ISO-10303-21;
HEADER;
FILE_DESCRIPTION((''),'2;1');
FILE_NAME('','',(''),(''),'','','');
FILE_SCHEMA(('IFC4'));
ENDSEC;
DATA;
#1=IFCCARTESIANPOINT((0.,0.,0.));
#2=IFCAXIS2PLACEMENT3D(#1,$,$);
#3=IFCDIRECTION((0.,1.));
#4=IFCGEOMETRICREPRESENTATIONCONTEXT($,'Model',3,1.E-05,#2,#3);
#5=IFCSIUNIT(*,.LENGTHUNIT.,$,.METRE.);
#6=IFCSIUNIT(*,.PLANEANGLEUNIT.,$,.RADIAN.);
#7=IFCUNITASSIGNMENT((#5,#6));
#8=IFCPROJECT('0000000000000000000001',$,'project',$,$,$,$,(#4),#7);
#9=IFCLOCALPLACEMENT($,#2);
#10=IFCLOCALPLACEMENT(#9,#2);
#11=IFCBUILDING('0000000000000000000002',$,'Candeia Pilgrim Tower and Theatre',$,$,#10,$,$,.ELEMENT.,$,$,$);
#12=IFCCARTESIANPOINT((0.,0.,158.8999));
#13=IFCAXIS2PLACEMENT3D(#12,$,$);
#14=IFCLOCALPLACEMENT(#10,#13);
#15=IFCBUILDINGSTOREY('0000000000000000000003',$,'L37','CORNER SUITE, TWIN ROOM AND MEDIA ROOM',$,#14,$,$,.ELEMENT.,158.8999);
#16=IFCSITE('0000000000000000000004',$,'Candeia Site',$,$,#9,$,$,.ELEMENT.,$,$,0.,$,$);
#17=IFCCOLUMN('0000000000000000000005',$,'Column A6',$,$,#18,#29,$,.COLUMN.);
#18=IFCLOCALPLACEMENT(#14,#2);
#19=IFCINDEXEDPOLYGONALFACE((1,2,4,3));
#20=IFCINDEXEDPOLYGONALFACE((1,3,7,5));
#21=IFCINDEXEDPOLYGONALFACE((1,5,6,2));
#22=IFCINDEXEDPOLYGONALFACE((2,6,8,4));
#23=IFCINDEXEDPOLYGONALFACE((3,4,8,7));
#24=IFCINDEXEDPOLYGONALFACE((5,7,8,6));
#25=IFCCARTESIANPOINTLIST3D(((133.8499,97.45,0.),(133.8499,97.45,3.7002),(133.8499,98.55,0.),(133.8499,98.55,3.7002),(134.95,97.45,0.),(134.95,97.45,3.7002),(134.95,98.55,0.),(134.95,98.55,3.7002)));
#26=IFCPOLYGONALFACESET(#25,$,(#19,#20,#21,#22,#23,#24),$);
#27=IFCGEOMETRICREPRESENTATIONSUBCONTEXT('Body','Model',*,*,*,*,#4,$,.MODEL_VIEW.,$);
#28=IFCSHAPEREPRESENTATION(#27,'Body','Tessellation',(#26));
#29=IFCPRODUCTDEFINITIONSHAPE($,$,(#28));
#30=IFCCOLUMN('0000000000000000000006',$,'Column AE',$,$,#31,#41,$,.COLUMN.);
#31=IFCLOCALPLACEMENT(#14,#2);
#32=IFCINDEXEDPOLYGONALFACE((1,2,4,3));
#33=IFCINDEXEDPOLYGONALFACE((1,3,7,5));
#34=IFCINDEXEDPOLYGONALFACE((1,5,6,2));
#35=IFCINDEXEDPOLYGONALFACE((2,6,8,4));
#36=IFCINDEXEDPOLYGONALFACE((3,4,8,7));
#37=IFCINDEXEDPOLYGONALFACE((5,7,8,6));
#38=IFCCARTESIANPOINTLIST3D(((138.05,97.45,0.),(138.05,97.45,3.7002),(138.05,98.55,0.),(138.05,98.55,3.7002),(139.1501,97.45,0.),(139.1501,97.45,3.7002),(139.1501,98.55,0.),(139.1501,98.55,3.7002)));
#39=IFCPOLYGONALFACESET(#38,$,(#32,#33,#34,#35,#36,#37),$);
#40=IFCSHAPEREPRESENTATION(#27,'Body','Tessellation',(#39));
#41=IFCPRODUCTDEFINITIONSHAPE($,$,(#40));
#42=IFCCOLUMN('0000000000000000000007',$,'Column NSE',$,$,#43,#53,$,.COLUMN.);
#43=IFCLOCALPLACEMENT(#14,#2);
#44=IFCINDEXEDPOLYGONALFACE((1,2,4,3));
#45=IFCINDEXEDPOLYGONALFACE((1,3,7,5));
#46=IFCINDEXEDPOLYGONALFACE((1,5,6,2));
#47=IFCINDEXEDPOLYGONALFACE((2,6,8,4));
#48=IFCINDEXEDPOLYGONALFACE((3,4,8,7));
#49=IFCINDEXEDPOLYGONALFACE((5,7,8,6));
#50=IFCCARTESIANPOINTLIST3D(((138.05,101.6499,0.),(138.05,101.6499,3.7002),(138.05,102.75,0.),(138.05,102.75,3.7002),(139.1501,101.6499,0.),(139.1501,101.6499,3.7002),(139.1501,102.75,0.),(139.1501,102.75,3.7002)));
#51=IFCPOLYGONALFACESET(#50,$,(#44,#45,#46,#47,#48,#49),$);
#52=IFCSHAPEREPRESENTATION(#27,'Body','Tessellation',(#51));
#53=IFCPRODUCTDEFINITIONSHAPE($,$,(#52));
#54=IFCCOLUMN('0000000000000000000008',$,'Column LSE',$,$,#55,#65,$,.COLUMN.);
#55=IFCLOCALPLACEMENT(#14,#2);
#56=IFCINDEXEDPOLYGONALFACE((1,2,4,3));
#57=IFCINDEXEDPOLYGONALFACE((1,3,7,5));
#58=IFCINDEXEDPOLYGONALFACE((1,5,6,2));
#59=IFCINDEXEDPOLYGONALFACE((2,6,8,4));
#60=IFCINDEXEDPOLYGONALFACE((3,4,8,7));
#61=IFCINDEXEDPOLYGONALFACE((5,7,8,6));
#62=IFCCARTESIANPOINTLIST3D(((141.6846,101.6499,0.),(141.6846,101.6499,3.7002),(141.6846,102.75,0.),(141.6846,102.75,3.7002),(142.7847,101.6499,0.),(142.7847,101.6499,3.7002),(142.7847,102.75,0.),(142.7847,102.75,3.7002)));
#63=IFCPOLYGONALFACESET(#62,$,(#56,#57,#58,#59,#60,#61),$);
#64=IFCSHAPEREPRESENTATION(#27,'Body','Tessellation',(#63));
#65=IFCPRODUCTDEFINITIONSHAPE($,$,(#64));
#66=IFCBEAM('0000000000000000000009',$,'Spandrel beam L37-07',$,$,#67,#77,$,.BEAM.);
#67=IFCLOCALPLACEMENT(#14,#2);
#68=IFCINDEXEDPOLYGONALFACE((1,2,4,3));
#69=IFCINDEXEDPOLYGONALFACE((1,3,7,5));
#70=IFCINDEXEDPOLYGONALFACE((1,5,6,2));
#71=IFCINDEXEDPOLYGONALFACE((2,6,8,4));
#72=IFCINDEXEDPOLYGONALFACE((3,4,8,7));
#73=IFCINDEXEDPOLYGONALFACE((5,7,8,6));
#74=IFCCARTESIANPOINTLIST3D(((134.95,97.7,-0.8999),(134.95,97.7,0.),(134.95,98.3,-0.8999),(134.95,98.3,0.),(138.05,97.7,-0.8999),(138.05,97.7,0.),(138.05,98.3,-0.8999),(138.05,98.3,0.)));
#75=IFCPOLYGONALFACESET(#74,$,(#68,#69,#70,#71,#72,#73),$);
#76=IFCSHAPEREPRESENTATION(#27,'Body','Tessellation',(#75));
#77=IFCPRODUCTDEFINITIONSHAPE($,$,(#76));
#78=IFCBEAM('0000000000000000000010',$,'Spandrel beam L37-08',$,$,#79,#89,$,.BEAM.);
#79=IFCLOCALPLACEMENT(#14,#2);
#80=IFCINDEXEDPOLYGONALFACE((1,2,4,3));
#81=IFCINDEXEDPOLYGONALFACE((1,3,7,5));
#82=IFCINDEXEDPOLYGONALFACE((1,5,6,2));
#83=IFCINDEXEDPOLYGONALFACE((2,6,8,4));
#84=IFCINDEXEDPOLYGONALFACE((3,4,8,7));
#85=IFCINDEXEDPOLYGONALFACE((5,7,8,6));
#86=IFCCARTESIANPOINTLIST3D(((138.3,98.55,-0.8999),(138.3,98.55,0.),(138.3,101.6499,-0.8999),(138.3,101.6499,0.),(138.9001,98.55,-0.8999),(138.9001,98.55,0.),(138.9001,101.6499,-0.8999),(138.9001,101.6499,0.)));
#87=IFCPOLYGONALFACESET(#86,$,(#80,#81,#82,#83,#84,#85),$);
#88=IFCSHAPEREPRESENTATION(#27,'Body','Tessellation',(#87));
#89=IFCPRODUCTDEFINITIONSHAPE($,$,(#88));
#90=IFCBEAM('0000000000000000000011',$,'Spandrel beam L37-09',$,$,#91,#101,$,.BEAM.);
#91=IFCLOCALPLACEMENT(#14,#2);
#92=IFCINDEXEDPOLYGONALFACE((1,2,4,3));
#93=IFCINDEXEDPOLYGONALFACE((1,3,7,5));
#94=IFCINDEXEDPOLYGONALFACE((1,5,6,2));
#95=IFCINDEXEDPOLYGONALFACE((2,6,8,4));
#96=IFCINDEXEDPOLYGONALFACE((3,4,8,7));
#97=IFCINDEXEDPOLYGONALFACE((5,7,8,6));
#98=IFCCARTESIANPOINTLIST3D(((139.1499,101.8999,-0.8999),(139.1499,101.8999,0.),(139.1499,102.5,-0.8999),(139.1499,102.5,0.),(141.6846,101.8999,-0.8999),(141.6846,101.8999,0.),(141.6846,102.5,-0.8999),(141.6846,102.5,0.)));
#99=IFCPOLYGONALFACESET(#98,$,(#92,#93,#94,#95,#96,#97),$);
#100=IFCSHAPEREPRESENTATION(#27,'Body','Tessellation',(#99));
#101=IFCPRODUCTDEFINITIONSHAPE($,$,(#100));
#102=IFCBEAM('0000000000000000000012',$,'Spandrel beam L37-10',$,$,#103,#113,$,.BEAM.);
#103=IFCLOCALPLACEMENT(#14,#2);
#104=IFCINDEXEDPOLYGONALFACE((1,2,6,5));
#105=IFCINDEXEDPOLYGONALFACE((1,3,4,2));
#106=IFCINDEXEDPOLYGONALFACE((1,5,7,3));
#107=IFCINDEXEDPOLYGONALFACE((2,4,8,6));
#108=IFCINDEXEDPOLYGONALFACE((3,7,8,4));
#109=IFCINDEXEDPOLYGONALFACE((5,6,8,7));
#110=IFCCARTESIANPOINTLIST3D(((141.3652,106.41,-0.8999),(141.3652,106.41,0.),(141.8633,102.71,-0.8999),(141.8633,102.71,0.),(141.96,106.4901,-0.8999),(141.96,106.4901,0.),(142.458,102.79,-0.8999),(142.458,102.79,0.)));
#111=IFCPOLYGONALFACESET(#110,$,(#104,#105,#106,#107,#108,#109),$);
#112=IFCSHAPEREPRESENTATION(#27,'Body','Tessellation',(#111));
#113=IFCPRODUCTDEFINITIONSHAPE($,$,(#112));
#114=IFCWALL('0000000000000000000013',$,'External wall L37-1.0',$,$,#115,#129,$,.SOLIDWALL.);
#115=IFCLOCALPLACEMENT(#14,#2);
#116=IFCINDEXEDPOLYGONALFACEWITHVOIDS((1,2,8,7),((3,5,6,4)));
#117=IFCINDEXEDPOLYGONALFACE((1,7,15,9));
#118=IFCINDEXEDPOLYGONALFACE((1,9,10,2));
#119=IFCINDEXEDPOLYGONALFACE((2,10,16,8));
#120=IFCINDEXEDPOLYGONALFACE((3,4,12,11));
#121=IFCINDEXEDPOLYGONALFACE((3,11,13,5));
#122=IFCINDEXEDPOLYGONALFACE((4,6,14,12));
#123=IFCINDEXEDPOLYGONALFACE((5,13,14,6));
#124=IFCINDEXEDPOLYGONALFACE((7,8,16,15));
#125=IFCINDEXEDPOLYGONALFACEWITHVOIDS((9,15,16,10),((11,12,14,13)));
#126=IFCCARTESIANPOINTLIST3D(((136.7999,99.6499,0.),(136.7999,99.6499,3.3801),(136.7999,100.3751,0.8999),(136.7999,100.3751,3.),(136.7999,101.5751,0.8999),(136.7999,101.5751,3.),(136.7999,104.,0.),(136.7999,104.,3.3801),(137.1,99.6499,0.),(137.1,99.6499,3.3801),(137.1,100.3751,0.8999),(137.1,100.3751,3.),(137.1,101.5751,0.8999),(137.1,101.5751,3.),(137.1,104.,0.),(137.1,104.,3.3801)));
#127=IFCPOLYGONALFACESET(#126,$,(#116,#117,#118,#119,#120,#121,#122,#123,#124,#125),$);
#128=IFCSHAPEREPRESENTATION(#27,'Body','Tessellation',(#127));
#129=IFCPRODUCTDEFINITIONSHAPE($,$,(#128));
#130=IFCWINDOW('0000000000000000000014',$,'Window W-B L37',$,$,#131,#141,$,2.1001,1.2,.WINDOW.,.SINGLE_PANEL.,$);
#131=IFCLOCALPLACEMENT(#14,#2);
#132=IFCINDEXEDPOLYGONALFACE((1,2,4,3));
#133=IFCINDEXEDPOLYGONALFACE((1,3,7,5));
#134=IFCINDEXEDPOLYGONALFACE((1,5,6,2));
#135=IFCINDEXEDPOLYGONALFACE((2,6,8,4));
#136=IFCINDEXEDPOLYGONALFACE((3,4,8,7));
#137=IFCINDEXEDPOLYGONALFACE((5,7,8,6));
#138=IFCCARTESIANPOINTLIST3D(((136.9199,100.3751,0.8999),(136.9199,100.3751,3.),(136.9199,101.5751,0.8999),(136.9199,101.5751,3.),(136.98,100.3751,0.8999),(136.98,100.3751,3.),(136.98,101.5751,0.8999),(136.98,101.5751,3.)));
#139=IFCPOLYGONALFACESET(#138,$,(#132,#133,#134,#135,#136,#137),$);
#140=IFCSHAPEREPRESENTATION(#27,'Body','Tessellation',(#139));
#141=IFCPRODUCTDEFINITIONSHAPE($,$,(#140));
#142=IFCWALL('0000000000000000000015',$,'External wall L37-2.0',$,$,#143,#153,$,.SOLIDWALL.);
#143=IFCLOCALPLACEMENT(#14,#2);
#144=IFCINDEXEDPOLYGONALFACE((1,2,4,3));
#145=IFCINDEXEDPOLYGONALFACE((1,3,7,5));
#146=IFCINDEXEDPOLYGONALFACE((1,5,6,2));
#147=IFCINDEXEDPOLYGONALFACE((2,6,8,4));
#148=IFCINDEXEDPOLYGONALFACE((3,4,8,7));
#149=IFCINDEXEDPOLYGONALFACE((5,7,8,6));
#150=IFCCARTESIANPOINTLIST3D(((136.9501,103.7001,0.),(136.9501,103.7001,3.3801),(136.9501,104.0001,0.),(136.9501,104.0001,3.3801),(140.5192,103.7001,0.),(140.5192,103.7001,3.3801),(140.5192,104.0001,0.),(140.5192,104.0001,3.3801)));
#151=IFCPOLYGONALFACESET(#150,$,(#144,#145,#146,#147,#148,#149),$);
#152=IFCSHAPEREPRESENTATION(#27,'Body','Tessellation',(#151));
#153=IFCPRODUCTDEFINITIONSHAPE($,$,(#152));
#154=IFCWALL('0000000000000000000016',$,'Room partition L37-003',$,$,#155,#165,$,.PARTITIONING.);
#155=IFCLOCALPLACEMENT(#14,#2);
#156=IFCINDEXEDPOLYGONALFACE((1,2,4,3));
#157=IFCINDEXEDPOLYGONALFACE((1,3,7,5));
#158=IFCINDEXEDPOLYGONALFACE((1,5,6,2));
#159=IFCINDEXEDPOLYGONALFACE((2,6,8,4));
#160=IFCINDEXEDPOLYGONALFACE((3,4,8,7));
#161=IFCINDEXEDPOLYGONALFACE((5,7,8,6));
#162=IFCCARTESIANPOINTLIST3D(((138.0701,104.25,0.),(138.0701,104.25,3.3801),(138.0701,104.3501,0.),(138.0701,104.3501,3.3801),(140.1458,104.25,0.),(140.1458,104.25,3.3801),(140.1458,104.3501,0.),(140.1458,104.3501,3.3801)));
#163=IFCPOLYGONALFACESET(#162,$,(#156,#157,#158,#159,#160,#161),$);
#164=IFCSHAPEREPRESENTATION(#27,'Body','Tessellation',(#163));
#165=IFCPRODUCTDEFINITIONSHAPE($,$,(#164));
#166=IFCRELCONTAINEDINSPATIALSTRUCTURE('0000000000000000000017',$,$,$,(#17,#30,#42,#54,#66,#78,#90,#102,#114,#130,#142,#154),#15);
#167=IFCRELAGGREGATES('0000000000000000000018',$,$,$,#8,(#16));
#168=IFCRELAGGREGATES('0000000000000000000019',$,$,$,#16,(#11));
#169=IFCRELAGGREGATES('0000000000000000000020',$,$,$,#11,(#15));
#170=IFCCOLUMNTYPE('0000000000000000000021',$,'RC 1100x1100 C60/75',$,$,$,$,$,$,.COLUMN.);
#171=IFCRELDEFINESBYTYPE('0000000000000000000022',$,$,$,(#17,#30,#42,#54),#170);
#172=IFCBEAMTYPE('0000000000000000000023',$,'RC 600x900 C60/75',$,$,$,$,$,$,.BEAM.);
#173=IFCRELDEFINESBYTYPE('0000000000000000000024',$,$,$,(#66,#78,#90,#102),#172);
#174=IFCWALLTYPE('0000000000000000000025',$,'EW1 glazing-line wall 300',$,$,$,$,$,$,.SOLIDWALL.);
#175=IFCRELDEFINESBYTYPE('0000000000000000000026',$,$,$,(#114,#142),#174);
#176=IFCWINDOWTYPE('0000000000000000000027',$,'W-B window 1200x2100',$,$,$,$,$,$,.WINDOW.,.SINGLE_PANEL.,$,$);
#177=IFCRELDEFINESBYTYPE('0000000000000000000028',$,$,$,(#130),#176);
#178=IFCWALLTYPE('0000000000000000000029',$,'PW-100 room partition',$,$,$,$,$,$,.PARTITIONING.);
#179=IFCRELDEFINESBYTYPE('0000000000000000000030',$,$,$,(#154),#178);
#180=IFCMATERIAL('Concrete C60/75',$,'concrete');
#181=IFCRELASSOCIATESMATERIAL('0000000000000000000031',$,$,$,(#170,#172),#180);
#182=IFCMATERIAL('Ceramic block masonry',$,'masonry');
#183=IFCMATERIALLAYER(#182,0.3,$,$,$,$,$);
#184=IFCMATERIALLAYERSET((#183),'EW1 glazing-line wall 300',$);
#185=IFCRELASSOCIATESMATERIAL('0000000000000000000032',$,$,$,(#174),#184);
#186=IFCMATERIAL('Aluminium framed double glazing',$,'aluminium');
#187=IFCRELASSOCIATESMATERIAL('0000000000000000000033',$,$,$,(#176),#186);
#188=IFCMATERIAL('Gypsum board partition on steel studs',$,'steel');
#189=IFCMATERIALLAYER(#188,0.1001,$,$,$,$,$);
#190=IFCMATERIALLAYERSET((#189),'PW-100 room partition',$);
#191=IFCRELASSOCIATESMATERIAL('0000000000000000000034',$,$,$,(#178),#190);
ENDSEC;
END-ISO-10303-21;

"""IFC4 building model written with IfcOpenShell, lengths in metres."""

from ifc_helpers import new_model, si_unit, direction, frame, frame_2d, origin, origin_2d, place, context, subcontext, project, spatial, rectangle, extrude, material, layer, layer_set, material_profile, profile_set, type_object, element, fill, save


model = new_model("IFC4")

# Units and contexts
model_context = context("Model", 3, precision=1e-05, world=origin(), true_north=direction((0.0, 1.0)))
body_context = subcontext(model_context, "Body", "Model", "MODEL_VIEW")
ifc_project = project(units=[si_unit("LENGTHUNIT", "METRE"), si_unit("PLANEANGLEUNIT", "RADIAN")], contexts=[model_context])

# Site, building, storey
site_placement = place(None, origin())
site = spatial("IfcSite", under=ifc_project, at=site_placement, Name="Candeia Site", CompositionType="ELEMENT", RefElevation=0.0)
building_placement = place(site_placement, origin())
building = spatial("IfcBuilding", under=site, at=building_placement, Name="Candeia Pilgrim Tower and Theatre", CompositionType="ELEMENT")
storey_placement = place(building_placement, frame((0.0, 0.0, 158.8999)))
storey = spatial("IfcBuildingStorey", under=building, at=storey_placement, Name="L37", Description="CORNER SUITE, TWIN ROOM AND MEDIA ROOM", CompositionType="ELEMENT", Elevation=158.8999)

# Columns
ifc_material_1 = material(Name="Concrete C60/75", Category="concrete")
ifc_material_profile_1 = material_profile(ifc_material_1, rectangle(XDim=1.1001, YDim=1.1001, at=origin_2d()))
ifc_profile_set_1 = profile_set([ifc_material_profile_1], Name="Concrete C60/75")
column_type = type_object("IfcColumnType", Name="RC 1100x1100 C60/75", PredefinedType="COLUMN", material=ifc_profile_set_1)
for number, where, z_axis, x_axis, name in (
    (1, (134.3999, 98.0, 0.0), (0.0, 0.0, 1.0), (1.0, 0.0, 0.0), "Column A6"),
    (2, (138.6001, 98.0, 0.0), (0.0, 0.0, 1.0), (1.0, 0.0, 0.0), "Column AE"),
    (3, (138.6001, 102.2, 0.0), (0.0, 0.0, 1.0), (1.0, 0.0, 0.0), "Column NSE"),
    (4, (142.2346, 102.2, 0.0), (0.0, 0.0, 1.0), (1.0, 0.0, 0.0), "Column LSE"),
):
    element("IfcColumn", number, at=place(storey_placement, frame(where, z_axis=z_axis, x_axis=x_axis)), inside=storey, type_object=column_type, Name=name, PredefinedType="COLUMN", context=body_context, shape_type="SweptSolid", body=[
        extrude(rectangle(XDim=1.1001, YDim=1.1001, at=origin_2d()), origin(), (0.0, 0.0, 1.0), 3.7002),
    ])

# Beams
ifc_material_profile_2 = material_profile(ifc_material_1, rectangle(XDim=0.6001, YDim=0.8999, at=origin_2d()))
ifc_profile_set_2 = profile_set([ifc_material_profile_2], Name="Concrete C60/75")
beam_type = type_object("IfcBeamType", Name="RC 600x900 C60/75", PredefinedType="BEAM", material=ifc_profile_set_2)
beam_1_placement = place(storey_placement, frame((134.95, 98.0, -0.45), z_axis=(1.0, 0.0, 0.0), x_axis=(0.0, 1.0, 0.0)))
element("IfcBeam", 5, at=beam_1_placement, inside=storey, type_object=beam_type, Name="Spandrel beam L37-07", PredefinedType="BEAM", context=body_context, shape_type="SweptSolid", body=[
    extrude(rectangle(XDim=0.6001, YDim=0.8999, at=origin_2d()), origin(), (0.0, 0.0, 1.0), 3.1001),
])
beam_2_placement = place(storey_placement, frame((138.6001, 98.55, -0.45), z_axis=(0.0, 1.0, 0.0), x_axis=(-1.0, 0.0, 0.0)))
element("IfcBeam", 6, at=beam_2_placement, inside=storey, type_object=beam_type, Name="Spandrel beam L37-08", PredefinedType="BEAM", context=body_context, shape_type="SweptSolid", body=[
    extrude(rectangle(XDim=0.6001, YDim=0.8999, at=origin_2d()), origin(), (0.0, 0.0, 1.0), 3.0999),
])
beam_3_placement = place(storey_placement, frame((139.1499, 102.2, -0.45), z_axis=(1.0, 0.0, 0.0), x_axis=(0.0, 1.0, 0.0)))
element("IfcBeam", 7, at=beam_3_placement, inside=storey, type_object=beam_type, Name="Spandrel beam L37-09", PredefinedType="BEAM", context=body_context, shape_type="SweptSolid", body=[
    extrude(rectangle(XDim=0.6001, YDim=0.8999, at=origin_2d()), origin(), (0.0, 0.0, 1.0), 2.5347),
])
beam_4_placement = place(storey_placement, frame((142.1606, 102.75, -0.45), z_axis=(-0.133406, 0.991061, 0.0), x_axis=(-0.991061, -0.133406, 0.0)))
element("IfcBeam", 8, at=beam_4_placement, inside=storey, type_object=beam_type, Name="Spandrel beam L37-10", PredefinedType="BEAM", context=body_context, shape_type="SweptSolid", body=[
    extrude(rectangle(XDim=0.6001, YDim=0.8999, at=origin_2d()), origin(), (0.0, 0.0, 1.0), 3.7334),
])

# Wall, opening, window
ifc_material_2 = material(Name="Ceramic block masonry", Category="masonry")
ifc_layer_1 = layer(ifc_material_2, 0.3)
ifc_layer_set_1 = layer_set([ifc_layer_1], Name="EW1 glazing-line wall 300")
wall_type_1 = type_object("IfcWallType", Name="EW1 glazing-line wall 300", PredefinedType="SOLIDWALL", material=ifc_layer_set_1)
wall_1_placement = place(storey_placement, frame((136.95, 99.6499, 0.0), z_axis=(0.0, 0.0, 1.0), x_axis=(0.0, 1.0, 0.0)))
wall_1 = element("IfcWall", 9, at=wall_1_placement, inside=storey, type_object=wall_type_1, Name="External wall L37-1.0", PredefinedType="SOLIDWALL", context=body_context, shape_type="SweptSolid", body=[
    extrude(rectangle(XDim=4.3501, YDim=0.3, at=frame_2d((2.175, 0.0))), origin(), (0.0, 0.0, 1.0), 3.3801),
])
opening_1_placement = place(wall_1_placement, frame((0.7251, 0.0, 0.8999)))
opening_1 = element("IfcOpeningElement", 10, at=opening_1_placement, cuts=wall_1, PredefinedType="OPENING", context=body_context, shape_type="SweptSolid", body=[
    extrude(rectangle(XDim=1.2, YDim=2.1001, at=frame_2d((0.6001, 1.05))), frame((0.0, 0.1602, 0.0), z_axis=(0.0, -1.0, 0.0), x_axis=(1.0, 0.0, 0.0)), (0.0, 0.0, 1.0), 0.3201),
])
ifc_material_3 = material(Name="Aluminium framed double glazing", Category="aluminium")
window_type = type_object("IfcWindowType", Name="W-B window 1200x2100", PartitioningType="SINGLE_PANEL", PredefinedType="WINDOW", material=ifc_material_3)
window_1_placement = place(opening_1_placement, origin())
window_1 = element("IfcWindow", 11, at=window_1_placement, inside=storey, type_object=window_type, Name="Window W-B L37", OverallHeight=2.1001, OverallWidth=1.2, PartitioningType="SINGLE_PANEL", PredefinedType="WINDOW", context=body_context, shape_type="SweptSolid", body=[
    extrude(rectangle(XDim=1.2, YDim=2.1001, at=frame_2d((0.6001, 1.05))), frame((0.0, 0.03, 0.0), z_axis=(0.0, -1.0, 0.0), x_axis=(1.0, 0.0, 0.0)), (0.0, 0.0, 1.0), 0.0601),
])
fill(opening_1, window_1)

# Wall
wall_2_placement = place(storey_placement, frame((136.95, 103.8501, 0.0), z_axis=(0.0, 0.0, 1.0), x_axis=(1.0, 0.0, 0.0)))
element("IfcWall", 12, at=wall_2_placement, inside=storey, type_object=wall_type_1, Name="External wall L37-2.0", PredefinedType="SOLIDWALL", context=body_context, shape_type="SweptSolid", body=[
    extrude(rectangle(XDim=3.5691, YDim=0.3, at=frame_2d((1.7847, 0.0))), origin(), (0.0, 0.0, 1.0), 3.3801),
])

# Wall
ifc_material_4 = material(Name="Gypsum board partition on steel studs", Category="steel")
ifc_layer_2 = layer(ifc_material_4, 0.1001)
ifc_layer_set_2 = layer_set([ifc_layer_2], Name="PW-100 room partition")
wall_type_2 = type_object("IfcWallType", Name="PW-100 room partition", PredefinedType="PARTITIONING", material=ifc_layer_set_2)
wall_3_placement = place(storey_placement, frame((138.0701, 104.3, 0.0), z_axis=(0.0, 0.0, 1.0), x_axis=(1.0, 0.0, 0.0)))
element("IfcWall", 13, at=wall_3_placement, inside=storey, type_object=wall_type_2, Name="Room partition L37-003", PredefinedType="PARTITIONING", context=body_context, shape_type="SweptSolid", body=[
    extrude(rectangle(XDim=2.0757, YDim=0.1001, at=frame_2d((1.0378, 0.0))), origin(), (0.0, 0.0, 1.0), 3.3801),
])

save(model, "model.ifc")
